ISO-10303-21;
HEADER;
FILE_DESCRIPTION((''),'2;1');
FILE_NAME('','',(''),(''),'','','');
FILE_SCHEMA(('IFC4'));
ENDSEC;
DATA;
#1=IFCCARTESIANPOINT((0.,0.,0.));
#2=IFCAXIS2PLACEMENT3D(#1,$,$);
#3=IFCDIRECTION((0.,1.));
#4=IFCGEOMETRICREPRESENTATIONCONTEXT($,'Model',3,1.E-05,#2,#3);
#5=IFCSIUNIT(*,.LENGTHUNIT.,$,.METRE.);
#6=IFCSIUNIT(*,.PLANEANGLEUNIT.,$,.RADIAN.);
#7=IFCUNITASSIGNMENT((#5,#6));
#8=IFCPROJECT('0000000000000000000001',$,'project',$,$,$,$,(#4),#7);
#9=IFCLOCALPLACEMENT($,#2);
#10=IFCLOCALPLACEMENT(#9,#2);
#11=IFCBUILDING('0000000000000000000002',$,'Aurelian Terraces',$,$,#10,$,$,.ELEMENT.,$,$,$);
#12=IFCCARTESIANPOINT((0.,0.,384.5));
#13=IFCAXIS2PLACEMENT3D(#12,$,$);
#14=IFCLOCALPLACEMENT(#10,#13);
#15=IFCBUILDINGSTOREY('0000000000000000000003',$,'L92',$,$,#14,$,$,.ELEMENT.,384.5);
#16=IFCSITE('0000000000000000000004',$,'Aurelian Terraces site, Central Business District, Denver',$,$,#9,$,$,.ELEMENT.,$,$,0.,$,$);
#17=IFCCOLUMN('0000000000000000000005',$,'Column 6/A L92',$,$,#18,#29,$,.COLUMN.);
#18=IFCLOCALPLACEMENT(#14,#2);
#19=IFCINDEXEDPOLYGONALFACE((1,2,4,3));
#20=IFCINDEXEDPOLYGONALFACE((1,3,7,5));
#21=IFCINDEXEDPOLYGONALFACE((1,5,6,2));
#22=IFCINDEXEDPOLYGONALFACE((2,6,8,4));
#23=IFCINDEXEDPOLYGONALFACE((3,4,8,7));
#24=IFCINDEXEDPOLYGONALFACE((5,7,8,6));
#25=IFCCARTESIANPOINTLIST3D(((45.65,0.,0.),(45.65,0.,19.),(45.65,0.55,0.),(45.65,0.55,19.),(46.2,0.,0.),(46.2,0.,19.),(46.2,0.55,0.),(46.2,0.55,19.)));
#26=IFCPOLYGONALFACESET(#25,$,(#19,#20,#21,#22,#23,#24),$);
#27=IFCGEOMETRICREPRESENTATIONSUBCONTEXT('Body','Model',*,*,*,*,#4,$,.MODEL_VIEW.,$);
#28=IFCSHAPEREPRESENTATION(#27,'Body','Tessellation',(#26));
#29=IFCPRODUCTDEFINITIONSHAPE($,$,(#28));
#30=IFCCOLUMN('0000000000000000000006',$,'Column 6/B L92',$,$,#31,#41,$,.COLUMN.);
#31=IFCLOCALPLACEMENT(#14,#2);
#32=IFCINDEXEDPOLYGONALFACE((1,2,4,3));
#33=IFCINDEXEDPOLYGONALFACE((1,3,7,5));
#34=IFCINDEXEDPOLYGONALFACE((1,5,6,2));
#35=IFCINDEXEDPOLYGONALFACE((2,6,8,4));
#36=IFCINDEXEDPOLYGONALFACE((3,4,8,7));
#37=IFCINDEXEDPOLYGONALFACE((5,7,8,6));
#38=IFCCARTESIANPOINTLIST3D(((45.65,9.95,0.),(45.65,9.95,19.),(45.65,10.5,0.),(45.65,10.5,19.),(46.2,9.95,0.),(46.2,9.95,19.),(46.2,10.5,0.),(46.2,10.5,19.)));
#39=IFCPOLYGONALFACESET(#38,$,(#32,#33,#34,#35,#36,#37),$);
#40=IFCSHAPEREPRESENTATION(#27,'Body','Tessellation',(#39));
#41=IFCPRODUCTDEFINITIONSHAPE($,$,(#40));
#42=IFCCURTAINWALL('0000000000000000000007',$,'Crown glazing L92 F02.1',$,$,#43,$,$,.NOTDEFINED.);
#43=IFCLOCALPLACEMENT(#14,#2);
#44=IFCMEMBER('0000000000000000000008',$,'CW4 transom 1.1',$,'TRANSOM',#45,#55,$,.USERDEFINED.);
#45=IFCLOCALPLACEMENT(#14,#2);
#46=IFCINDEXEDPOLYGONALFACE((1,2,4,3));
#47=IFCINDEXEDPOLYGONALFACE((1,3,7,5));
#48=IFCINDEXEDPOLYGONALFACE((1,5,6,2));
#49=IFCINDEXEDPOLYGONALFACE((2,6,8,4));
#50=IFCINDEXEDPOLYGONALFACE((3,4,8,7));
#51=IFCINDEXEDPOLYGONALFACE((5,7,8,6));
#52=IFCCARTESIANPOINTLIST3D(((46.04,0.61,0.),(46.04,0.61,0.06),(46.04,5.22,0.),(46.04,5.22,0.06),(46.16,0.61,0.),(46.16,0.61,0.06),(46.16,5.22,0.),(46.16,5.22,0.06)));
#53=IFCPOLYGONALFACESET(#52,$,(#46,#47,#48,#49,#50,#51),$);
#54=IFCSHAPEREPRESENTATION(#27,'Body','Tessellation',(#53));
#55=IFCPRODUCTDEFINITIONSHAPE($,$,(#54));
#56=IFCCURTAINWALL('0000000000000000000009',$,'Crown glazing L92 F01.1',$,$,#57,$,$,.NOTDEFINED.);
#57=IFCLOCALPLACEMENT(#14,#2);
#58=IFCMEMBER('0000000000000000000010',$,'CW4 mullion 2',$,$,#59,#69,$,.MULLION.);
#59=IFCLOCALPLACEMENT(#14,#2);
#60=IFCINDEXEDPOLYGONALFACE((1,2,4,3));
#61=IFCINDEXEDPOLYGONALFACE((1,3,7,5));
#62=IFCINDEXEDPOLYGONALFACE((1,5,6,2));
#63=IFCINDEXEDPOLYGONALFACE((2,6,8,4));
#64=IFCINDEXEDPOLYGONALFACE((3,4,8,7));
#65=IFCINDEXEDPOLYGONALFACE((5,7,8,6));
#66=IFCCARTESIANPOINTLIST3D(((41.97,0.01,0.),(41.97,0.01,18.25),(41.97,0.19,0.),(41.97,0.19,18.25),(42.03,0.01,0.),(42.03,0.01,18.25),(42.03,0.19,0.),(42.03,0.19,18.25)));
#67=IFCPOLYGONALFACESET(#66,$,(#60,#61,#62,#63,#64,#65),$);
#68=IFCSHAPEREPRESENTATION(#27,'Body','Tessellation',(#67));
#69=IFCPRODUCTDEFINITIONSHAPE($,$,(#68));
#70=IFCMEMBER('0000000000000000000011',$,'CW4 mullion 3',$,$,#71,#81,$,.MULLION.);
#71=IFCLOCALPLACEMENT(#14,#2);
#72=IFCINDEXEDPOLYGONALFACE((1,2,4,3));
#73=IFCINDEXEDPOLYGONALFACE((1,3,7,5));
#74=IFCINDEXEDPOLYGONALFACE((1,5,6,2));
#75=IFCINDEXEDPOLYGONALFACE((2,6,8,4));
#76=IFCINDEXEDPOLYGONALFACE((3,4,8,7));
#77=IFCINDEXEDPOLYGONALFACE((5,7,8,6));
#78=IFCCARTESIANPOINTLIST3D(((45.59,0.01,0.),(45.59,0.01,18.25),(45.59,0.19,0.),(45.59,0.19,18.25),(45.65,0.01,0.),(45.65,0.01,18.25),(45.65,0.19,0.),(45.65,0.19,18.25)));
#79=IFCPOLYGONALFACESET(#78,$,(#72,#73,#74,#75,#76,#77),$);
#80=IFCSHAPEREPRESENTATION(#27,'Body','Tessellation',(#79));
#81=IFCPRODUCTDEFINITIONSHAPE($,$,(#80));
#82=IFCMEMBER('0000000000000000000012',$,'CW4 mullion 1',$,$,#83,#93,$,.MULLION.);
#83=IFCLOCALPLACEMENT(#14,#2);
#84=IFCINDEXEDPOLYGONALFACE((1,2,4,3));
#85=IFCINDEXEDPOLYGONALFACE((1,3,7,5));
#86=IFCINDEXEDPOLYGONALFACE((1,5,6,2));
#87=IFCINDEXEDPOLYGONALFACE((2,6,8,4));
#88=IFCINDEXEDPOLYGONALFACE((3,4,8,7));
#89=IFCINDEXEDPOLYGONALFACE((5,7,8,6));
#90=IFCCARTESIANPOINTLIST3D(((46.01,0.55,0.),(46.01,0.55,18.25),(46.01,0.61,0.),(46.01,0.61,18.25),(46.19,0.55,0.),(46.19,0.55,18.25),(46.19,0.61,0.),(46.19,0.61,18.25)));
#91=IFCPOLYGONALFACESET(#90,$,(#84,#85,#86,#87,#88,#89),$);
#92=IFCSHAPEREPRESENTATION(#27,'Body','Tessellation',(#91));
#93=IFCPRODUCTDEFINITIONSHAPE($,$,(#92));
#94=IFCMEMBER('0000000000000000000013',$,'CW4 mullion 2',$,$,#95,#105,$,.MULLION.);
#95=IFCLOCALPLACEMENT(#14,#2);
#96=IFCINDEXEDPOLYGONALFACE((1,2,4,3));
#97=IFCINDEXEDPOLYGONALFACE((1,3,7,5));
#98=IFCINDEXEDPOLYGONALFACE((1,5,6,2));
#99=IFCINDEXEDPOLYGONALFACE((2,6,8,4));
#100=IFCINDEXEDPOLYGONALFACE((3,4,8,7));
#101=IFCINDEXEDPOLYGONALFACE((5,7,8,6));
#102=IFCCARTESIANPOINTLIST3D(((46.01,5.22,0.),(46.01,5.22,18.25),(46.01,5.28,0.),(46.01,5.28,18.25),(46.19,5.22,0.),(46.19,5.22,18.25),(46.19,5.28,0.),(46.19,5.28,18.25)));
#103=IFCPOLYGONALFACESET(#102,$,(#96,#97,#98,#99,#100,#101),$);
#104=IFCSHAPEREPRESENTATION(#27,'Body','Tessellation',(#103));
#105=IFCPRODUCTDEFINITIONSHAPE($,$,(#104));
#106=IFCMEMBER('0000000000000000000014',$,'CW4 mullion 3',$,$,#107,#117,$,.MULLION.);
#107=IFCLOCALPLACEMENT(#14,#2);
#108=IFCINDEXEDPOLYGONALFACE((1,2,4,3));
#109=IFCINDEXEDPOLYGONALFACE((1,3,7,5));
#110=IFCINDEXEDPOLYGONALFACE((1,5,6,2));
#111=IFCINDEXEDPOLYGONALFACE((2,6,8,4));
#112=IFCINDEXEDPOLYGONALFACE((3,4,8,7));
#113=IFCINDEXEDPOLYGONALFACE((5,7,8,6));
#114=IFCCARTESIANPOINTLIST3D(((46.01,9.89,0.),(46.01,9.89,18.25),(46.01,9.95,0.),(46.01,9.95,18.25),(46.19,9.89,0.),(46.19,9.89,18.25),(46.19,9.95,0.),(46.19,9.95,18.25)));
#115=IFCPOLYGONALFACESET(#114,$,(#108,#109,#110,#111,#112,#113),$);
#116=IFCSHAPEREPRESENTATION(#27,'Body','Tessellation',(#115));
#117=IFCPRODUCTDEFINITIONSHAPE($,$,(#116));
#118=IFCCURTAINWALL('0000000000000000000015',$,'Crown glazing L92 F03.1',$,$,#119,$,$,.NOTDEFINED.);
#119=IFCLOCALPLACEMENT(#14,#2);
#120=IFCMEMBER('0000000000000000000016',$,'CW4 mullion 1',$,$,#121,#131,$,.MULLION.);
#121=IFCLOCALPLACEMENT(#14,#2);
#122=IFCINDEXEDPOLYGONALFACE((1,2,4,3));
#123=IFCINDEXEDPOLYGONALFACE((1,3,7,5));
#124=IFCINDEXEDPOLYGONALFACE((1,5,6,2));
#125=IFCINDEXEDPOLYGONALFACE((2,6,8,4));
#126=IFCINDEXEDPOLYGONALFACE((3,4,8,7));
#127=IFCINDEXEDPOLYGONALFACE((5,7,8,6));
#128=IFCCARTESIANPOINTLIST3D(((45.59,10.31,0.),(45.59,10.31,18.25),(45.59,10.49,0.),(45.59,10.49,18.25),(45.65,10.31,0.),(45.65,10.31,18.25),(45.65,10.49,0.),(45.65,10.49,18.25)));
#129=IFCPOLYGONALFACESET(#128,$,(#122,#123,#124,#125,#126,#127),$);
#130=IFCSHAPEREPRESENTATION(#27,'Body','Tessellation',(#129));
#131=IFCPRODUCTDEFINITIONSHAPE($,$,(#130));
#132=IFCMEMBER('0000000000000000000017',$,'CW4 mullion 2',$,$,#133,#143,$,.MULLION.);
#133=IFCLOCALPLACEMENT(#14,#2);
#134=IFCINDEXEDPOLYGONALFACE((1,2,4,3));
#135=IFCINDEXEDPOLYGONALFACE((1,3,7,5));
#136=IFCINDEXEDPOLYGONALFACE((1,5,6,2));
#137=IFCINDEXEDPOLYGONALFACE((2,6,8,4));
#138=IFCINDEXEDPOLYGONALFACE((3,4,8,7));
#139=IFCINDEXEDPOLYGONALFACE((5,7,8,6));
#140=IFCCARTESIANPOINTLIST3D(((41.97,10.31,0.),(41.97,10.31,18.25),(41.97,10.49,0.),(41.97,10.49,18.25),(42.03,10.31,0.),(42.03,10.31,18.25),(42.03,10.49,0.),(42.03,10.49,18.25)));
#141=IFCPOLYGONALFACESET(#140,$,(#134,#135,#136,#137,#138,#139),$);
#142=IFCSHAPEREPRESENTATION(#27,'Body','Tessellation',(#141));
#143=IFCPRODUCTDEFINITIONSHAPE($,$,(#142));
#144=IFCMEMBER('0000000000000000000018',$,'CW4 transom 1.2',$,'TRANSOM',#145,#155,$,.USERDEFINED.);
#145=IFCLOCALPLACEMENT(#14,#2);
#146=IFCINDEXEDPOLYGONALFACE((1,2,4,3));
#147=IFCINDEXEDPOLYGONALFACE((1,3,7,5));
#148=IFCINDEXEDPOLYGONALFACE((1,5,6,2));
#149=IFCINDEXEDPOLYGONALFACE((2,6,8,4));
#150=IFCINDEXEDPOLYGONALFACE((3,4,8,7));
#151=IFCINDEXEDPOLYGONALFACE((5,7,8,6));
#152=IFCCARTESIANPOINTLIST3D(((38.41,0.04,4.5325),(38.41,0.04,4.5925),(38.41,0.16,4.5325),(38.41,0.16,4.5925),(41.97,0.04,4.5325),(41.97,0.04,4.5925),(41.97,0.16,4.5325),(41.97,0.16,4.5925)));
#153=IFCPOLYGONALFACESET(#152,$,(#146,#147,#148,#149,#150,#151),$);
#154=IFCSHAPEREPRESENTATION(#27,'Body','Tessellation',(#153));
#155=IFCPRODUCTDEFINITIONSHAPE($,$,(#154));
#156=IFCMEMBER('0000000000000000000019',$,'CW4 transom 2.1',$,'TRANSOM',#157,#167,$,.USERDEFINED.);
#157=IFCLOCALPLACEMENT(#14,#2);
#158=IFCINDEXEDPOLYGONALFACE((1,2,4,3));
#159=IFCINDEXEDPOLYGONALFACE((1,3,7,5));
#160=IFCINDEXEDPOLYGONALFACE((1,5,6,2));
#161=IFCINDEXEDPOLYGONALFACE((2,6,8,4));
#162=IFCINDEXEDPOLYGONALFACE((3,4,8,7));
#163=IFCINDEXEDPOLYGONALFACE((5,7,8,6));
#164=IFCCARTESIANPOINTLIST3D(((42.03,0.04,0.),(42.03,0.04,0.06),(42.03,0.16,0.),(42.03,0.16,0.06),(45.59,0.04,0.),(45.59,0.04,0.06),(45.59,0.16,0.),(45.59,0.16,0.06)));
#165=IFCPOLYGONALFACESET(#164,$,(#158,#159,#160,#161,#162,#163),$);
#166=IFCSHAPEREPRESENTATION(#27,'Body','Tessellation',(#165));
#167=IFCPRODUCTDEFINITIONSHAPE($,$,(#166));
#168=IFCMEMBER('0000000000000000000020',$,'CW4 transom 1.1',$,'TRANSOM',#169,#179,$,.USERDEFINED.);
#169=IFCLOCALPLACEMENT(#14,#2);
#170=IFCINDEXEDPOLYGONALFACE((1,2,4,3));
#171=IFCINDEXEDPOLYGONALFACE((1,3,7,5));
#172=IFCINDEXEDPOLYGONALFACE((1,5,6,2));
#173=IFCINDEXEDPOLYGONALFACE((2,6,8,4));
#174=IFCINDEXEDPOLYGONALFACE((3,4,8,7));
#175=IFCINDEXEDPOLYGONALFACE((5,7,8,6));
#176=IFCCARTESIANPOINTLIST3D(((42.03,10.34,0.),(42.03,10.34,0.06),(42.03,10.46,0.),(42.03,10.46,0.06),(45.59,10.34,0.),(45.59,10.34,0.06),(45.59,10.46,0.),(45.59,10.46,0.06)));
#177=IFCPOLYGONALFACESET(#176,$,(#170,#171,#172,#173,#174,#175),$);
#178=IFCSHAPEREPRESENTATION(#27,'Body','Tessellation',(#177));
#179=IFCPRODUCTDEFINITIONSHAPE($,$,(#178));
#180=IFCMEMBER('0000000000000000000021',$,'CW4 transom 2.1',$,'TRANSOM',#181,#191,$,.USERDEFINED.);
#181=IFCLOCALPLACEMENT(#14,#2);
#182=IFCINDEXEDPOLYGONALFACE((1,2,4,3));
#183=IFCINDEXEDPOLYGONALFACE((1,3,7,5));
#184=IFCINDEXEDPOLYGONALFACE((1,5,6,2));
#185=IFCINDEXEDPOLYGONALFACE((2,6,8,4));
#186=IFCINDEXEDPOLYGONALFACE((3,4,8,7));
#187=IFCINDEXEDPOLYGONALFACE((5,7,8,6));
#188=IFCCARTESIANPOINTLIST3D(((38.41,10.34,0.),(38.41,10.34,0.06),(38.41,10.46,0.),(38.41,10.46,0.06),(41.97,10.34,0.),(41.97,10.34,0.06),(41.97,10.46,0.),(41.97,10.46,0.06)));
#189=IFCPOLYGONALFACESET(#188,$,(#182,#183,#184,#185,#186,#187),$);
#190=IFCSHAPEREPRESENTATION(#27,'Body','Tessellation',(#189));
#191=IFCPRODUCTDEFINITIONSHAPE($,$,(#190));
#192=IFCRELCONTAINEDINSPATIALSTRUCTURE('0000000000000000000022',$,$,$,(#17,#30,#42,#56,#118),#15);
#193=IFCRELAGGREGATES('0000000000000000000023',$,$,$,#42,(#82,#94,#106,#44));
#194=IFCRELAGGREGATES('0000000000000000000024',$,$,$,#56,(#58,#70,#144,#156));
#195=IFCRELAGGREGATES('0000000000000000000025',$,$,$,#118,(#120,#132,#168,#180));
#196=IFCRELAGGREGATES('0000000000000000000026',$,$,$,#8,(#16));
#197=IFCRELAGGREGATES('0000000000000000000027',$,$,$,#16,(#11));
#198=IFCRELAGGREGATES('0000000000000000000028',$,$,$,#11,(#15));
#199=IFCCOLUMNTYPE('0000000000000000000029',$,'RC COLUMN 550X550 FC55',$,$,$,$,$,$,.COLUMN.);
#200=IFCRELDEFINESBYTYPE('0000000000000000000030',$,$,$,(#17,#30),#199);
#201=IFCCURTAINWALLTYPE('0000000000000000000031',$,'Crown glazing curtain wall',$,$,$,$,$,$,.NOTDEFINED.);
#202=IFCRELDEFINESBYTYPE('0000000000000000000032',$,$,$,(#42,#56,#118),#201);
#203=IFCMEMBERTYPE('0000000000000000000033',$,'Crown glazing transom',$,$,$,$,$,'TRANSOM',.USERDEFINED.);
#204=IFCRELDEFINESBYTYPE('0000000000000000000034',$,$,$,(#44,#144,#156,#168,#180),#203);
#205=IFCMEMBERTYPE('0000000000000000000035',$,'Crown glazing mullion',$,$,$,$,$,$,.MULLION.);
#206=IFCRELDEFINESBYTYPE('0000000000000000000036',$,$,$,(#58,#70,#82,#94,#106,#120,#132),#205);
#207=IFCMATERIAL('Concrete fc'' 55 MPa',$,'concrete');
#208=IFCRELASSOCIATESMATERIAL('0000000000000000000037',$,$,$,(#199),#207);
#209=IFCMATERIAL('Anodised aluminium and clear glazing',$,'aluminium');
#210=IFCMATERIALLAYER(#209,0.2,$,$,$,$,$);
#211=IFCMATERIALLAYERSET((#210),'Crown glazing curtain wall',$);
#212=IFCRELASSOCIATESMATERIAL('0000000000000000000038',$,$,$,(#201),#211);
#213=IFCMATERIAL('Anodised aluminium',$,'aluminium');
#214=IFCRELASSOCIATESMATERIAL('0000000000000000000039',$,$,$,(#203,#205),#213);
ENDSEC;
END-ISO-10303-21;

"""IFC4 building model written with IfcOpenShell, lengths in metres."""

from ifc_helpers import new_model, si_unit, direction, frame, origin, origin_2d, place, context, subcontext, project, spatial, rectangle, extrude, source, transform, mapped, material, layer, layer_set, material_profile, profile_set, type_object, element, aggregate, save


model = new_model("IFC4")

# Units and contexts
model_context = context("Model", 3, precision=1e-05, world=origin(), true_north=direction((0.0, 1.0)))
body_context = subcontext(model_context, "Body", "Model", "MODEL_VIEW")
ifc_project = project(units=[si_unit("LENGTHUNIT", "METRE"), si_unit("PLANEANGLEUNIT", "RADIAN")], contexts=[model_context])

# Site, building, storey
site_placement = place(None, origin())
site = spatial("IfcSite", under=ifc_project, at=site_placement, Name="Aurelian Terraces site, Central Business District, Denver", CompositionType="ELEMENT", RefElevation=0.0)
building_placement = place(site_placement, origin())
building = spatial("IfcBuilding", under=site, at=building_placement, Name="Aurelian Terraces", CompositionType="ELEMENT")
storey_placement = place(building_placement, frame((0.0, 0.0, 384.5)))
storey = spatial("IfcBuildingStorey", under=building, at=storey_placement, Name="L92", CompositionType="ELEMENT", Elevation=384.5)

# Columns
ifc_material_1 = material(Name="Concrete fc' 55 MPa", Category="concrete")
ifc_material_profile_1 = material_profile(ifc_material_1, rectangle(XDim=0.55, YDim=0.55, at=origin_2d()))
ifc_profile_set_1 = profile_set([ifc_material_profile_1], Name="Concrete fc' 55 MPa")
column_type = type_object("IfcColumnType", Name="RC COLUMN 550X550 FC55", PredefinedType="COLUMN", material=ifc_profile_set_1)
shared_shape_1 = source(origin(), body_context, "Body", "SweptSolid", [
    extrude(rectangle(XDim=0.55, YDim=0.55, at=origin_2d()), origin(), (0.0, 0.0, 1.0), 19.0),
])
for number, where, z_axis, x_axis, name in (
    (1, (45.925, 0.275, 0.0), (0.0, 0.0, 1.0), (1.0, 0.0, 0.0), "Column 6/A L92"),
    (2, (45.925, 10.225, 0.0), (0.0, 0.0, 1.0), (1.0, 0.0, 0.0), "Column 6/B L92"),
):
    element("IfcColumn", number, at=place(storey_placement, frame(where, z_axis=z_axis, x_axis=x_axis)), inside=storey, type_object=column_type, Name=name, PredefinedType="COLUMN", context=body_context, shape_type="MappedRepresentation", body=[
        mapped(shared_shape_1, transform((0.0, 0.0, 0.0), scale=1.0)),
    ])

# Curtain wall, member
ifc_material_2 = material(Name="Anodised aluminium and clear glazing", Category="aluminium")
ifc_layer_1 = layer(ifc_material_2, 0.2)
ifc_layer_set_1 = layer_set([ifc_layer_1], Name="Crown glazing curtain wall")
curtain_wall_type = type_object("IfcCurtainWallType", Name="Crown glazing curtain wall", PredefinedType="NOTDEFINED", material=ifc_layer_set_1)
curtain_wall_1_placement = place(storey_placement, origin())
curtain_wall_1 = element("IfcCurtainWall", 3, at=curtain_wall_1_placement, inside=storey, type_object=curtain_wall_type, Name="Crown glazing L92 F02.1", PredefinedType="NOTDEFINED")
ifc_material_3 = material(Name="Anodised aluminium", Category="aluminium")
ifc_material_profile_2 = material_profile(ifc_material_3, rectangle(XDim=0.12, YDim=0.06, at=origin_2d()))
ifc_profile_set_2 = profile_set([ifc_material_profile_2], Name="Anodised aluminium")
member_type_1 = type_object("IfcMemberType", Name="Crown glazing transom", ElementType="TRANSOM", PredefinedType="USERDEFINED", material=ifc_profile_set_2)
shared_shape_2 = source(origin(), body_context, "Body", "SweptSolid", [
    extrude(rectangle(XDim=0.12, YDim=0.06, at=origin_2d()), origin(), (0.0, 0.0, 1.0), 4.61),
])
member_1_placement = place(storey_placement, frame((46.1, 0.61, 0.03), z_axis=(0.0, 1.0, 0.0), x_axis=(-1.0, 0.0, 0.0)))
member_1 = element("IfcMember", 4, at=member_1_placement, type_object=member_type_1, Name="CW4 transom 1.1", ObjectType="TRANSOM", PredefinedType="USERDEFINED", context=body_context, shape_type="MappedRepresentation", body=[
    mapped(shared_shape_2, transform((0.0, 0.0, 0.0), scale=1.0)),
])

# Curtain wall, members
curtain_wall_2_placement = place(storey_placement, origin())
curtain_wall_2 = element("IfcCurtainWall", 5, at=curtain_wall_2_placement, inside=storey, type_object=curtain_wall_type, Name="Crown glazing L92 F01.1", PredefinedType="NOTDEFINED")
ifc_material_profile_3 = material_profile(ifc_material_3, rectangle(XDim=0.18, YDim=0.06, at=origin_2d()))
ifc_profile_set_3 = profile_set([ifc_material_profile_3], Name="Anodised aluminium")
member_type_2 = type_object("IfcMemberType", Name="Crown glazing mullion", PredefinedType="MULLION", material=ifc_profile_set_3)
shared_shape_3 = source(origin(), body_context, "Body", "SweptSolid", [
    extrude(rectangle(XDim=0.18, YDim=0.06, at=origin_2d()), origin(), (0.0, 0.0, 1.0), 18.25),
])
member_2_placement = place(storey_placement, frame((42.0, 0.1, 0.0), z_axis=(0.0, 0.0, 1.0), x_axis=(0.0, 1.0, 0.0)))
member_2 = element("IfcMember", 6, at=member_2_placement, type_object=member_type_2, Name="CW4 mullion 2", PredefinedType="MULLION", context=body_context, shape_type="MappedRepresentation", body=[
    mapped(shared_shape_3, transform((0.0, 0.0, 0.0), scale=1.0)),
])
member_3_placement = place(storey_placement, frame((45.62, 0.1, 0.0), z_axis=(0.0, 0.0, 1.0), x_axis=(0.0, 1.0, 0.0)))
member_3 = element("IfcMember", 7, at=member_3_placement, type_object=member_type_2, Name="CW4 mullion 3", PredefinedType="MULLION", context=body_context, shape_type="MappedRepresentation", body=[
    mapped(shared_shape_3, transform((0.0, 0.0, 0.0), scale=1.0)),
])

# Members
member_4_placement = place(storey_placement, frame((46.1, 0.58, 0.0), z_axis=(0.0, 0.0, 1.0), x_axis=(-1.0, 0.0, 0.0)))
member_4 = element("IfcMember", 8, at=member_4_placement, type_object=member_type_2, Name="CW4 mullion 1", PredefinedType="MULLION", context=body_context, shape_type="MappedRepresentation", body=[
    mapped(shared_shape_3, transform((0.0, 0.0, 0.0), scale=1.0)),
])
member_5_placement = place(storey_placement, frame((46.1, 5.25, 0.0), z_axis=(0.0, 0.0, 1.0), x_axis=(-1.0, 0.0, 0.0)))
member_5 = element("IfcMember", 9, at=member_5_placement, type_object=member_type_2, Name="CW4 mullion 2", PredefinedType="MULLION", context=body_context, shape_type="MappedRepresentation", body=[
    mapped(shared_shape_3, transform((0.0, 0.0, 0.0), scale=1.0)),
])
member_6_placement = place(storey_placement, frame((46.1, 9.92, 0.0), z_axis=(0.0, 0.0, 1.0), x_axis=(-1.0, 0.0, 0.0)))
member_6 = element("IfcMember", 10, at=member_6_placement, type_object=member_type_2, Name="CW4 mullion 3", PredefinedType="MULLION", context=body_context, shape_type="MappedRepresentation", body=[
    mapped(shared_shape_3, transform((0.0, 0.0, 0.0), scale=1.0)),
])
aggregate(curtain_wall_1, [member_4, member_5, member_6, member_1])

# Curtain wall, members
curtain_wall_3_placement = place(storey_placement, origin())
curtain_wall_3 = element("IfcCurtainWall", 11, at=curtain_wall_3_placement, inside=storey, type_object=curtain_wall_type, Name="Crown glazing L92 F03.1", PredefinedType="NOTDEFINED")
member_7_placement = place(storey_placement, frame((45.62, 10.4, 0.0), z_axis=(0.0, 0.0, 1.0), x_axis=(0.0, -1.0, 0.0)))
member_7 = element("IfcMember", 12, at=member_7_placement, type_object=member_type_2, Name="CW4 mullion 1", PredefinedType="MULLION", context=body_context, shape_type="MappedRepresentation", body=[
    mapped(shared_shape_3, transform((0.0, 0.0, 0.0), scale=1.0)),
])
member_8_placement = place(storey_placement, frame((42.0, 10.4, 0.0), z_axis=(0.0, 0.0, 1.0), x_axis=(0.0, -1.0, 0.0)))
member_8 = element("IfcMember", 13, at=member_8_placement, type_object=member_type_2, Name="CW4 mullion 2", PredefinedType="MULLION", context=body_context, shape_type="MappedRepresentation", body=[
    mapped(shared_shape_3, transform((0.0, 0.0, 0.0), scale=1.0)),
])

# Members
shared_shape_4 = source(origin(), body_context, "Body", "SweptSolid", [
    extrude(rectangle(XDim=0.12, YDim=0.06, at=origin_2d()), origin(), (0.0, 0.0, 1.0), 3.56),
])
member_9_placement = place(storey_placement, frame((38.41, 0.1, 4.5625), z_axis=(1.0, 0.0, 0.0), x_axis=(0.0, 1.0, 0.0)))
member_9 = element("IfcMember", 14, at=member_9_placement, type_object=member_type_1, Name="CW4 transom 1.2", ObjectType="TRANSOM", PredefinedType="USERDEFINED", context=body_context, shape_type="MappedRepresentation", body=[
    mapped(shared_shape_4, transform((0.0, 0.0, 0.0), scale=1.0)),
])
member_10_placement = place(storey_placement, frame((42.03, 0.1, 0.03), z_axis=(1.0, 0.0, 0.0), x_axis=(0.0, 1.0, 0.0)))
member_10 = element("IfcMember", 15, at=member_10_placement, type_object=member_type_1, Name="CW4 transom 2.1", ObjectType="TRANSOM", PredefinedType="USERDEFINED", context=body_context, shape_type="MappedRepresentation", body=[
    mapped(shared_shape_4, transform((0.0, 0.0, 0.0), scale=1.0)),
])
member_11_placement = place(storey_placement, frame((45.59, 10.4, 0.03), z_axis=(-1.0, 0.0, 0.0), x_axis=(0.0, -1.0, 0.0)))
member_11 = element("IfcMember", 16, at=member_11_placement, type_object=member_type_1, Name="CW4 transom 1.1", ObjectType="TRANSOM", PredefinedType="USERDEFINED", context=body_context, shape_type="MappedRepresentation", body=[
    mapped(shared_shape_4, transform((0.0, 0.0, 0.0), scale=1.0)),
])
member_12_placement = place(storey_placement, frame((41.97, 10.4, 0.03), z_axis=(-1.0, 0.0, 0.0), x_axis=(0.0, -1.0, 0.0)))
member_12 = element("IfcMember", 17, at=member_12_placement, type_object=member_type_1, Name="CW4 transom 2.1", ObjectType="TRANSOM", PredefinedType="USERDEFINED", context=body_context, shape_type="MappedRepresentation", body=[
    mapped(shared_shape_4, transform((0.0, 0.0, 0.0), scale=1.0)),
])

aggregate(curtain_wall_2, [member_2, member_3, member_9, member_10])
aggregate(curtain_wall_3, [member_7, member_8, member_11, member_12])

save(model, "model.ifc")
